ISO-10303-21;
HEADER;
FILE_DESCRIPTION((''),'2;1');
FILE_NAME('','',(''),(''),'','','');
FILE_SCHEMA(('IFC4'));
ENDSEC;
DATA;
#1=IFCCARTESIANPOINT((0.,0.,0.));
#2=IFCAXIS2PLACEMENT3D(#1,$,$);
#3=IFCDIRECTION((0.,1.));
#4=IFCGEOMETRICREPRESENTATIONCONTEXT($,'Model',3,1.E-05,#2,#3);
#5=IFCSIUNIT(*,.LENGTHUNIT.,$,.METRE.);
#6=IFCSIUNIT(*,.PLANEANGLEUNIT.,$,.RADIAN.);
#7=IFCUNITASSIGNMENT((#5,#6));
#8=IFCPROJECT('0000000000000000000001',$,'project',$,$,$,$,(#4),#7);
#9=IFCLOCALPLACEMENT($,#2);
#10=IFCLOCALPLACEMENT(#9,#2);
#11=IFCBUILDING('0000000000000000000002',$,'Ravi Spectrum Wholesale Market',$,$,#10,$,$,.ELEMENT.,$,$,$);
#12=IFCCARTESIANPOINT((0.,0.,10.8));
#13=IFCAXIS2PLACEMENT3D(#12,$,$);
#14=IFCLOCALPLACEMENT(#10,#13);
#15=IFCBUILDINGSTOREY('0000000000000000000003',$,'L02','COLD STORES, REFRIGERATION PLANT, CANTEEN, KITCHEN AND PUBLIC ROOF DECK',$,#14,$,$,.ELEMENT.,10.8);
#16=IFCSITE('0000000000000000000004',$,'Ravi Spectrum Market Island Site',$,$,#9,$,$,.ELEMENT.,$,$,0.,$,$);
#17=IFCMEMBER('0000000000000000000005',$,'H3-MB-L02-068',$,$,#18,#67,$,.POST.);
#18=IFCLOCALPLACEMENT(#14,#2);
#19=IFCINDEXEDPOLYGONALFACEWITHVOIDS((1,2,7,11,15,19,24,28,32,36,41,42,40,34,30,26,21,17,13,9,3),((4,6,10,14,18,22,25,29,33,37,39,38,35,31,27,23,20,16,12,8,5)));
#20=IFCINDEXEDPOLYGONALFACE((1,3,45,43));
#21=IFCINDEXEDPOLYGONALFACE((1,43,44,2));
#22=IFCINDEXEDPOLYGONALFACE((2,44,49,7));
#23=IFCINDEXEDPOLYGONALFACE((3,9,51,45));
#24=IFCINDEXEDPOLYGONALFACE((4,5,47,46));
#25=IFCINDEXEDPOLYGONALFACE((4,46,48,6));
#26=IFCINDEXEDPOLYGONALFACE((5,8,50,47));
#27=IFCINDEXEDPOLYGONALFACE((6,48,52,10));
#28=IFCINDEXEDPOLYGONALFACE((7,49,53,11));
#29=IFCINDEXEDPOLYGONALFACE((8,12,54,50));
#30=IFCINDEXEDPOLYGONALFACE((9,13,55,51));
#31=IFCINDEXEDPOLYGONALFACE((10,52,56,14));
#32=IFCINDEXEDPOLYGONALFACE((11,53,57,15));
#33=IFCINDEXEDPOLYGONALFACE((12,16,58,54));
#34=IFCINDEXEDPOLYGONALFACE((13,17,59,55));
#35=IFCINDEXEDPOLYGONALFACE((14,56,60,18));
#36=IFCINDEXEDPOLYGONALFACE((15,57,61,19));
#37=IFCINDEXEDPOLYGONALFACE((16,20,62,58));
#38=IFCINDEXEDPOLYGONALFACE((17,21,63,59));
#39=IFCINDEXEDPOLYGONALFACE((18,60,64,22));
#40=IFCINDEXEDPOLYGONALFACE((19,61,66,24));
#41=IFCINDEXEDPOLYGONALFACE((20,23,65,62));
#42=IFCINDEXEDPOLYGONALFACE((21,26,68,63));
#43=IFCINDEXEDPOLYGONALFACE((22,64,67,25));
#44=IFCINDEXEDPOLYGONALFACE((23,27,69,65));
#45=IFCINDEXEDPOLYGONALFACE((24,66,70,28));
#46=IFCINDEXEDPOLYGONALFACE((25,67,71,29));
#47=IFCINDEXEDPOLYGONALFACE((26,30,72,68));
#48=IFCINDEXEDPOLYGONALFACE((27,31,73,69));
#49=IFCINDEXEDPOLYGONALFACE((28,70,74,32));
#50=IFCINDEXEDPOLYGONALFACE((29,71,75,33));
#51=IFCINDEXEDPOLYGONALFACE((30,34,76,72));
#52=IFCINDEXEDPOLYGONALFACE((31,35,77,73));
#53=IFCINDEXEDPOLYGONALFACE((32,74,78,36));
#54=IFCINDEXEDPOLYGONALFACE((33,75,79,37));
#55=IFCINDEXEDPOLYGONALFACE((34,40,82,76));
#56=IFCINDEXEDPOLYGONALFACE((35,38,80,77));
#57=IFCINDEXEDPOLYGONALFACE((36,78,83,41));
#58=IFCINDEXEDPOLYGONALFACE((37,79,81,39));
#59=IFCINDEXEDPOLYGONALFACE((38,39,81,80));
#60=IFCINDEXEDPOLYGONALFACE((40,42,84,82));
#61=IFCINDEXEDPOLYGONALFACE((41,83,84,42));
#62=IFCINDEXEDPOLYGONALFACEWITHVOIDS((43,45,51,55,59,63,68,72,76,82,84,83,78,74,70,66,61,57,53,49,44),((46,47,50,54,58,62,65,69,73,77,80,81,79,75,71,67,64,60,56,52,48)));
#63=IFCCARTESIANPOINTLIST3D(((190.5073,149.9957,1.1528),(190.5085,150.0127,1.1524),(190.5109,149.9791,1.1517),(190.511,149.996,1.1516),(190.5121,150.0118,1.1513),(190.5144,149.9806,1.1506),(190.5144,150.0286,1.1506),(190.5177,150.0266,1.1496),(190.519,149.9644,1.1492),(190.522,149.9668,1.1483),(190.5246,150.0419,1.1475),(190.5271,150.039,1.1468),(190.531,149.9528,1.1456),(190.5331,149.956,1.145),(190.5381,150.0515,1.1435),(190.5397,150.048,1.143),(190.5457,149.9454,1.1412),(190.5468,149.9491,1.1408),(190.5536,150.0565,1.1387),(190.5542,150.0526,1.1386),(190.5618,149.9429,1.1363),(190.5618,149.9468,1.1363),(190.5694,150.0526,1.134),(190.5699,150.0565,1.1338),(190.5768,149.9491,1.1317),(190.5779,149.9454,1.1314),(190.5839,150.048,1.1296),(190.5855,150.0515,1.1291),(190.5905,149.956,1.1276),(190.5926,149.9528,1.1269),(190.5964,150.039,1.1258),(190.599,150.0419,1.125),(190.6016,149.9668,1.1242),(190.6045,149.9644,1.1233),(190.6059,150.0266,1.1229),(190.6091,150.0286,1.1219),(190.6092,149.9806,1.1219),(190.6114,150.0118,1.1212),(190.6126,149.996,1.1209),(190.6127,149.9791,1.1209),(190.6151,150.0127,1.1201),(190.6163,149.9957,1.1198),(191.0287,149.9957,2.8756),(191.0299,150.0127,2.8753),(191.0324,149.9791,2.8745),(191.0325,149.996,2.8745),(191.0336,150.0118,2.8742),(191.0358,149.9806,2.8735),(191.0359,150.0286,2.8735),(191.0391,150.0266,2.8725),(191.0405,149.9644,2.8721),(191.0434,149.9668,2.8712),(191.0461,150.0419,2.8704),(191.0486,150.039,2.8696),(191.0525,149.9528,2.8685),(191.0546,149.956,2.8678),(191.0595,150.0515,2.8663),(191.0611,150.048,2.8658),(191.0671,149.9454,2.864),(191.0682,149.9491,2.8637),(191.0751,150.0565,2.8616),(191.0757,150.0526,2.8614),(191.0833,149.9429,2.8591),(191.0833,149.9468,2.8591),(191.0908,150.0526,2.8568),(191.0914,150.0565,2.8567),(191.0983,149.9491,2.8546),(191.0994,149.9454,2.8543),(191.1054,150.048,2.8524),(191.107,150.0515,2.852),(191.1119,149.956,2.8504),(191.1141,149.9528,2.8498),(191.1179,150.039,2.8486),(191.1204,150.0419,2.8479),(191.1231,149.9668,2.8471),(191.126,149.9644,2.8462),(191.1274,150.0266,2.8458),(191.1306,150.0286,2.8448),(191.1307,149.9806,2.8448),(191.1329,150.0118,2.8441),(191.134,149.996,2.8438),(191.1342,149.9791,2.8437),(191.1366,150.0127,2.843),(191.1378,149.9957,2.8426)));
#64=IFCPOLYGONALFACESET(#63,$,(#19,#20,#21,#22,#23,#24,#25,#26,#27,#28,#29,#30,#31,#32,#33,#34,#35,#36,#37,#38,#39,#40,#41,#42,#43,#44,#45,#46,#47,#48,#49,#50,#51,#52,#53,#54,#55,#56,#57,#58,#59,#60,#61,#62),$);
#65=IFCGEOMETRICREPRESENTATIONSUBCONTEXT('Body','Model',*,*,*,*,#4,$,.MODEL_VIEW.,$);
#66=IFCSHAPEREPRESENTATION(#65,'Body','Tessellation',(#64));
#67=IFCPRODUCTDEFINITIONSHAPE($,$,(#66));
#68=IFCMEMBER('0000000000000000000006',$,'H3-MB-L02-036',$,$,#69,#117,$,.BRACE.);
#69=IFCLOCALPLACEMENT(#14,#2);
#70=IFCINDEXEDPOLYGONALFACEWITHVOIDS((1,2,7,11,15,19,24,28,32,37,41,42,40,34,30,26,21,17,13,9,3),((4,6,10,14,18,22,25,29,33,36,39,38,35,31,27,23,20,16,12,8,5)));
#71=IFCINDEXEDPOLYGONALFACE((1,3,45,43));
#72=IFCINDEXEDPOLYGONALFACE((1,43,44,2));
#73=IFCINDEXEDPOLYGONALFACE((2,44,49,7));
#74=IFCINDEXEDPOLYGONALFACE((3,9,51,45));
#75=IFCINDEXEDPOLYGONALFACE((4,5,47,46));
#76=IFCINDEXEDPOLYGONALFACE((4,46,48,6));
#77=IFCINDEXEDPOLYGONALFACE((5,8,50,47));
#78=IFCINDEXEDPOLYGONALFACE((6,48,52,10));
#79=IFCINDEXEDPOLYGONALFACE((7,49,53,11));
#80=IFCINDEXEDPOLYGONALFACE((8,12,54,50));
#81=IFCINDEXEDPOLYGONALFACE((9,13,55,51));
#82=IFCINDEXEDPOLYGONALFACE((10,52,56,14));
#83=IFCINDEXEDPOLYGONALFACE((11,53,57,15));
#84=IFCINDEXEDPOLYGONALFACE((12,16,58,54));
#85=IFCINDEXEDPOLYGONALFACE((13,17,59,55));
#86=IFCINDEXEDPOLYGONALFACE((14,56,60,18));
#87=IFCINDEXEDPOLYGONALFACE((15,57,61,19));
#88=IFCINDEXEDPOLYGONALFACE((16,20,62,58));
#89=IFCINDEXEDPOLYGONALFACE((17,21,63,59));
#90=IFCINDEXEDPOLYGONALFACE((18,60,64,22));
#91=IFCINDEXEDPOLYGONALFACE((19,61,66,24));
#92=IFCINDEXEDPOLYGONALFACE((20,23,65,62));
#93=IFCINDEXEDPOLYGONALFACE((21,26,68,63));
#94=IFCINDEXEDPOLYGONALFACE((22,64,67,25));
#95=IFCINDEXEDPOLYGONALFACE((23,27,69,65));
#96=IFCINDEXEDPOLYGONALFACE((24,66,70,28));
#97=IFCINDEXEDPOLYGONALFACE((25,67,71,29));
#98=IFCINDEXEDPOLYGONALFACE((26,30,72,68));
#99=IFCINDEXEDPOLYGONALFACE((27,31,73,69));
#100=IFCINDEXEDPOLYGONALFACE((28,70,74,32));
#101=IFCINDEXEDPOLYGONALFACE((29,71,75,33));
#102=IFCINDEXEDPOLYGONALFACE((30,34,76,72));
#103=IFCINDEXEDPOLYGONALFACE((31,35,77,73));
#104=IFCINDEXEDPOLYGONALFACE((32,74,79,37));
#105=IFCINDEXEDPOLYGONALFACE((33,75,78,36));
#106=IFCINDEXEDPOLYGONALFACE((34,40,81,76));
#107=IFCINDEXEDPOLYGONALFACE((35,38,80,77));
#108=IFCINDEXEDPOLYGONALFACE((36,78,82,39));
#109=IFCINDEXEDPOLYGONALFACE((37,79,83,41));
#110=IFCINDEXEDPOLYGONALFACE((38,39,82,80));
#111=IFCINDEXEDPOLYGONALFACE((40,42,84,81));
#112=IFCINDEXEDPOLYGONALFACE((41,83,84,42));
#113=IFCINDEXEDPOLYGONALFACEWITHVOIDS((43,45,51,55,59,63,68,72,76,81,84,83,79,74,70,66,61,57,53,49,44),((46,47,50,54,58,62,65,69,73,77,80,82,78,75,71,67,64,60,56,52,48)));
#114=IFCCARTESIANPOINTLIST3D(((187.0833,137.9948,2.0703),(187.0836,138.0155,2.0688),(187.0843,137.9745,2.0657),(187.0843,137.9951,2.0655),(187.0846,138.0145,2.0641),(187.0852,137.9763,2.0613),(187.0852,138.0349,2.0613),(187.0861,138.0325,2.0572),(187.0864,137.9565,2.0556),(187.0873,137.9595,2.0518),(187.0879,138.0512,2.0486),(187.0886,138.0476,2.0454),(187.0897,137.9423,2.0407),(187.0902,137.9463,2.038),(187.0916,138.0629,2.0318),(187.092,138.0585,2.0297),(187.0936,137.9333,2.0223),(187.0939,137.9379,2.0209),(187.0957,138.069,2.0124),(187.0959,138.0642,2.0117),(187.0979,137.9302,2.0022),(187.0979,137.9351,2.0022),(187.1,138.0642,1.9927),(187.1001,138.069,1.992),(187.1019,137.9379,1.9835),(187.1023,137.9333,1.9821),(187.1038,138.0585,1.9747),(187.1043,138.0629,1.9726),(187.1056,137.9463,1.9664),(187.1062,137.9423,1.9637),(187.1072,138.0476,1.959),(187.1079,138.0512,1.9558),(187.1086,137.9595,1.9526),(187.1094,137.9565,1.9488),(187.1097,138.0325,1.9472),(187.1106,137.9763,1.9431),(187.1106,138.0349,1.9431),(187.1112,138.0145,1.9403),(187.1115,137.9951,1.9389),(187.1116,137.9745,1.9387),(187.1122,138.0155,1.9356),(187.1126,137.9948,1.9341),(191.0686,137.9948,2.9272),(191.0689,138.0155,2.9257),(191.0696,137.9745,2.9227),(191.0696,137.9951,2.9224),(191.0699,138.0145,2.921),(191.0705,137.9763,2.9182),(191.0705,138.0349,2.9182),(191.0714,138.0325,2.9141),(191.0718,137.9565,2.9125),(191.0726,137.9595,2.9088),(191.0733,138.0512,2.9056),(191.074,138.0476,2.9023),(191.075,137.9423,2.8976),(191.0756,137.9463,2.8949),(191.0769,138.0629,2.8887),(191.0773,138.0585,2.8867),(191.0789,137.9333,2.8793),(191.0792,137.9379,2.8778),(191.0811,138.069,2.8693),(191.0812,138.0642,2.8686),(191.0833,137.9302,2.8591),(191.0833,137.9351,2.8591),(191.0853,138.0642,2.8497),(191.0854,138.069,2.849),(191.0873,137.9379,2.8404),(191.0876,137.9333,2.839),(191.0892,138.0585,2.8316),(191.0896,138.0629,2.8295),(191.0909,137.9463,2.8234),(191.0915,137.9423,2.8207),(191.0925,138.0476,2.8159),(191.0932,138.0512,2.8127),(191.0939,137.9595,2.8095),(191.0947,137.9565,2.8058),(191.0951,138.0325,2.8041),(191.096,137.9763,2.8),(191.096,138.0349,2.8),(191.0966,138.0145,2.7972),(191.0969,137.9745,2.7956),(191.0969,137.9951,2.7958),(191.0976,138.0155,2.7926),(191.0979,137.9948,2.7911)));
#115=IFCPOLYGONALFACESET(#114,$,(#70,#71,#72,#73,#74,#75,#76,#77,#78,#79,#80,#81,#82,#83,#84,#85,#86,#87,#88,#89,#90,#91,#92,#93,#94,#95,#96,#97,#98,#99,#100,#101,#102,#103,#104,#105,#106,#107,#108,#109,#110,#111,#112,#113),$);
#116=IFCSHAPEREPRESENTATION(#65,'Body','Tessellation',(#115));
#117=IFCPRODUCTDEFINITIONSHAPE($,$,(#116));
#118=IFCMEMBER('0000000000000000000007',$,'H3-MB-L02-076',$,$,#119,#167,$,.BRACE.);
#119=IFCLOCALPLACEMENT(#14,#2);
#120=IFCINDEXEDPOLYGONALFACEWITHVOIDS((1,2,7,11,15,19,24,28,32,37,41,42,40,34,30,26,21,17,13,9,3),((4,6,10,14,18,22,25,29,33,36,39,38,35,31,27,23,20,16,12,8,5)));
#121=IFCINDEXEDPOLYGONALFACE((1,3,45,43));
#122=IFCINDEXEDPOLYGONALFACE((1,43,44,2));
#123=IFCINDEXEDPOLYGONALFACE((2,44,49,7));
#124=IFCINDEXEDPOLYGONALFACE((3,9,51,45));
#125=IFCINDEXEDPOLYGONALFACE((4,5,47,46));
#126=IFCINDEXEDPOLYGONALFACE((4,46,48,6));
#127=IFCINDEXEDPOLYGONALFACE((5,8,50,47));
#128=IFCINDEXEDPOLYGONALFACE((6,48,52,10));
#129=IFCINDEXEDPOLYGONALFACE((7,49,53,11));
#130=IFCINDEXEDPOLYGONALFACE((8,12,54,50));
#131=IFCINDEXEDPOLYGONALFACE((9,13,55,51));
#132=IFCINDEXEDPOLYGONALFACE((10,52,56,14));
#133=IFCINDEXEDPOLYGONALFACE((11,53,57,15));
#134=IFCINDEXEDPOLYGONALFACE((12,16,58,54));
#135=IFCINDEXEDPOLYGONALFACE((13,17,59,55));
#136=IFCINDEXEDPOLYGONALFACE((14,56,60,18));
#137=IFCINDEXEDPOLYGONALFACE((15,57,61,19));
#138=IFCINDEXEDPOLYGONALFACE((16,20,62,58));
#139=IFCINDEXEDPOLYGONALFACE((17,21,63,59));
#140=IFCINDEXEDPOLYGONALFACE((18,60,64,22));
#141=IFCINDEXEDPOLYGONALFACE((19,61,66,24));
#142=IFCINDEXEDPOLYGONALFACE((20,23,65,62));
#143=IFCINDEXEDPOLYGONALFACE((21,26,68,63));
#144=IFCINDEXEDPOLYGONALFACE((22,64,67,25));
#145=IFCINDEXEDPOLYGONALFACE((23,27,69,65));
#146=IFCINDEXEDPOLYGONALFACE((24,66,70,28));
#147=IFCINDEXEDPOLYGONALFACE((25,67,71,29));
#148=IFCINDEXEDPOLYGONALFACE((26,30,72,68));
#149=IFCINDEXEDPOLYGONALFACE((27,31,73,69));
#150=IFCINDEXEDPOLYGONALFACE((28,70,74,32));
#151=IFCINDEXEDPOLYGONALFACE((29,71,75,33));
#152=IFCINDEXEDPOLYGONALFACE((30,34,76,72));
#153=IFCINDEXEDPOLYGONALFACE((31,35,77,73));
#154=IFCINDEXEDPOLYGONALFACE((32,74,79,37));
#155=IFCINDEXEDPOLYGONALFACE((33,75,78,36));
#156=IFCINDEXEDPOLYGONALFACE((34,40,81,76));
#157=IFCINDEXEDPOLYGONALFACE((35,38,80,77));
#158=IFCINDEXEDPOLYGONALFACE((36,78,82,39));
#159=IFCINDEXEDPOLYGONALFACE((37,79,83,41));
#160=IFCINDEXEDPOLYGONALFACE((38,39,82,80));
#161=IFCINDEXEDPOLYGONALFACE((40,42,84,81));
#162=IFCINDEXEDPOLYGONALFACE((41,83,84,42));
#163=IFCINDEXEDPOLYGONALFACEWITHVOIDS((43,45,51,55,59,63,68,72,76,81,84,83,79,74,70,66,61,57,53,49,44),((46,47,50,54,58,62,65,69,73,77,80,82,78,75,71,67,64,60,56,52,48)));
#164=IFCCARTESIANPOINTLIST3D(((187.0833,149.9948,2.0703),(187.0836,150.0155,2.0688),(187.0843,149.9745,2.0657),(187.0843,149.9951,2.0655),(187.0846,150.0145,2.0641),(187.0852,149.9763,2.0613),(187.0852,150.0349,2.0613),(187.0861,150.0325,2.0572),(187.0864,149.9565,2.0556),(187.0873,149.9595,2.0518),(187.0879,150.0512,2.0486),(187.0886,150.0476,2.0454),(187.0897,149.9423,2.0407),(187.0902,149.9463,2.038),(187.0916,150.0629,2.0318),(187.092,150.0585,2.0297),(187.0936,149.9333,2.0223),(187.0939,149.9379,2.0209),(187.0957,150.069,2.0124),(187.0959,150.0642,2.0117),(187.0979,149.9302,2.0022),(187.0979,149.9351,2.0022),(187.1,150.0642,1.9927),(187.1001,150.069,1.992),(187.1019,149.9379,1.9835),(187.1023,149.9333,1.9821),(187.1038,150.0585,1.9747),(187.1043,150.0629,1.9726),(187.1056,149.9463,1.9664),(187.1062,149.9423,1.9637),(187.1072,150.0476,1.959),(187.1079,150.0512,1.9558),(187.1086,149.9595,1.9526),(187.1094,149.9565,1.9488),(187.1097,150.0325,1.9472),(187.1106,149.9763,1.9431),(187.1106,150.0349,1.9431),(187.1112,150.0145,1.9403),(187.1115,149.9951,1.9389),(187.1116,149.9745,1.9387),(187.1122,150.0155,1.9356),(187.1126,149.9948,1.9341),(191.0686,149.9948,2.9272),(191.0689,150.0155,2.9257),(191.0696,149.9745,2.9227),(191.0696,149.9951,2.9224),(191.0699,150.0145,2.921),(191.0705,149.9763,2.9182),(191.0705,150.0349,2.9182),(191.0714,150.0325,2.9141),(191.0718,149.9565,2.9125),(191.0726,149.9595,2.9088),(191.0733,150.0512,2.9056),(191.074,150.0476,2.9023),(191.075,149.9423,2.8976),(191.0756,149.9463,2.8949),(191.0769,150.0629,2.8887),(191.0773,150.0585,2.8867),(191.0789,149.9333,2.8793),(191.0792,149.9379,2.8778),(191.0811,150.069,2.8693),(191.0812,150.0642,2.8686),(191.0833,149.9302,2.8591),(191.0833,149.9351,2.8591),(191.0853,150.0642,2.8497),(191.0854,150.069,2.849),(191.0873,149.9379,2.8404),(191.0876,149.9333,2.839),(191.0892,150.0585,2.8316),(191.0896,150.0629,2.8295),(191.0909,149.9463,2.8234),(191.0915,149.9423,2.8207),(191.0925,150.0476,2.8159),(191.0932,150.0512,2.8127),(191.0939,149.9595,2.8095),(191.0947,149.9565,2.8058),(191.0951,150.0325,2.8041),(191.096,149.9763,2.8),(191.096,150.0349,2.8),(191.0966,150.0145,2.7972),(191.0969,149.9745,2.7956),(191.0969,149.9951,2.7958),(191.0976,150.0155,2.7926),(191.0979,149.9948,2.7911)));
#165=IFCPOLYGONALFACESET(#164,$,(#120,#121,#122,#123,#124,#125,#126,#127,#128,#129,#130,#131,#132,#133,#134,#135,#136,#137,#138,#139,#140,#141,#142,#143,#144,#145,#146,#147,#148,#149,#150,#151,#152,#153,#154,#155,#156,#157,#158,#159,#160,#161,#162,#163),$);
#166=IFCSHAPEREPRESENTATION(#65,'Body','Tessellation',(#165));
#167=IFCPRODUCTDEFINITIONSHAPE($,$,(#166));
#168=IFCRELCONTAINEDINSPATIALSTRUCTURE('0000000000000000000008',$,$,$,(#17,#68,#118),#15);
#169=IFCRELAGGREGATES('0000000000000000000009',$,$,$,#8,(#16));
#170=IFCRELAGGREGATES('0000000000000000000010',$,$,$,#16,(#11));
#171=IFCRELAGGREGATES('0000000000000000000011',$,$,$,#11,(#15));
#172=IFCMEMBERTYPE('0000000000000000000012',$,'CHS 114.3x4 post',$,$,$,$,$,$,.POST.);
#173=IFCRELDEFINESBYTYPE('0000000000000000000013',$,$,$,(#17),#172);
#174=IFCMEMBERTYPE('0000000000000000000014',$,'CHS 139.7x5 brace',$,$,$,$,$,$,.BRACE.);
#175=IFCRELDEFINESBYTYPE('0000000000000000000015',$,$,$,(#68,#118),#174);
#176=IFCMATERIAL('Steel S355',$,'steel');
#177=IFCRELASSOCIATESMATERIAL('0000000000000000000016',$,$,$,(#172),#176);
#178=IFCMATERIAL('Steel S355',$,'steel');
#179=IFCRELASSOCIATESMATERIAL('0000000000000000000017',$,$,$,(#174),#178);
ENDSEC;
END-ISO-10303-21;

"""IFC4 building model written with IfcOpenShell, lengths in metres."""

from ifc_helpers import new_model, si_unit, direction, frame, origin, origin_2d, place, context, subcontext, project, spatial, hollow_circle, extrude, material, material_profile, profile_set, type_object, element, save


model = new_model("IFC4")

# Units and contexts
model_context = context("Model", 3, precision=1e-05, world=origin(), true_north=direction((0.0, 1.0)))
body_context = subcontext(model_context, "Body", "Model", "MODEL_VIEW")
ifc_project = project(units=[si_unit("LENGTHUNIT", "METRE"), si_unit("PLANEANGLEUNIT", "RADIAN")], contexts=[model_context])

# Site, building, storey
site_placement = place(None, origin())
site = spatial("IfcSite", under=ifc_project, at=site_placement, Name="Ravi Spectrum Market Island Site", CompositionType="ELEMENT", RefElevation=0.0)
building_placement = place(site_placement, origin())
building = spatial("IfcBuilding", under=site, at=building_placement, Name="Ravi Spectrum Wholesale Market", CompositionType="ELEMENT")
storey_placement = place(building_placement, frame((0.0, 0.0, 10.8)))
storey = spatial("IfcBuildingStorey", under=building, at=storey_placement, Name="L02", Description="COLD STORES, REFRIGERATION PLANT, CANTEEN, KITCHEN AND PUBLIC ROOF DECK", CompositionType="ELEMENT", Elevation=10.8)

# Members
ifc_material_1 = material(Name="Steel S355", Category="steel")
ifc_material_profile_1 = material_profile(ifc_material_1, hollow_circle(Radius=0.0571, WallThickness=0.0039, at=origin_2d()))
ifc_profile_set_1 = profile_set([ifc_material_profile_1], Name="Steel S355")
member_type_1 = type_object("IfcMemberType", Name="CHS 114.3x4 post", PredefinedType="POST", material=ifc_profile_set_1)
for number, where, z_axis, x_axis, name in (
    (1, (191.0833, 150.0, 2.8591), (-0.289699, 0.0, -0.957118), (0.0, -1.0, 0.0), "H3-MB-L02-068"),
):
    element("IfcMember", number, at=place(storey_placement, frame(where, z_axis=z_axis, x_axis=x_axis)), inside=storey, type_object=member_type_1, Name=name, PredefinedType="POST", context=body_context, shape_type="SweptSolid", body=[
        extrude(hollow_circle(Radius=0.0571, WallThickness=0.0039, at=origin_2d()), origin(), (0.0, 0.0, 1.0), 1.8),
    ])
ifc_material_2 = material(Name="Steel S355", Category="steel")
ifc_material_profile_2 = material_profile(ifc_material_2, hollow_circle(Radius=0.0698, WallThickness=0.0049, at=origin_2d()))
ifc_profile_set_2 = profile_set([ifc_material_profile_2], Name="Steel S355")
member_type_2 = type_object("IfcMemberType", Name="CHS 139.7x5 brace", PredefinedType="BRACE", material=ifc_profile_set_2)
for number, where, z_axis, x_axis, name in (
    (2, (191.0833, 138.0, 2.8591), (-0.977655, 0.0, -0.210216), (0.0, -1.0, 0.0), "H3-MB-L02-036"),
    (3, (191.0833, 150.0, 2.8591), (-0.977655, 0.0, -0.210216), (0.0, -1.0, 0.0), "H3-MB-L02-076"),
):
    element("IfcMember", number, at=place(storey_placement, frame(where, z_axis=z_axis, x_axis=x_axis)), inside=storey, type_object=member_type_2, Name=name, PredefinedType="BRACE", context=body_context, shape_type="SweptSolid", body=[
        extrude(hollow_circle(Radius=0.0698, WallThickness=0.0049, at=origin_2d()), origin(), (0.0, 0.0, 1.0), 4.0764),
    ])

save(model, "model.ifc")
